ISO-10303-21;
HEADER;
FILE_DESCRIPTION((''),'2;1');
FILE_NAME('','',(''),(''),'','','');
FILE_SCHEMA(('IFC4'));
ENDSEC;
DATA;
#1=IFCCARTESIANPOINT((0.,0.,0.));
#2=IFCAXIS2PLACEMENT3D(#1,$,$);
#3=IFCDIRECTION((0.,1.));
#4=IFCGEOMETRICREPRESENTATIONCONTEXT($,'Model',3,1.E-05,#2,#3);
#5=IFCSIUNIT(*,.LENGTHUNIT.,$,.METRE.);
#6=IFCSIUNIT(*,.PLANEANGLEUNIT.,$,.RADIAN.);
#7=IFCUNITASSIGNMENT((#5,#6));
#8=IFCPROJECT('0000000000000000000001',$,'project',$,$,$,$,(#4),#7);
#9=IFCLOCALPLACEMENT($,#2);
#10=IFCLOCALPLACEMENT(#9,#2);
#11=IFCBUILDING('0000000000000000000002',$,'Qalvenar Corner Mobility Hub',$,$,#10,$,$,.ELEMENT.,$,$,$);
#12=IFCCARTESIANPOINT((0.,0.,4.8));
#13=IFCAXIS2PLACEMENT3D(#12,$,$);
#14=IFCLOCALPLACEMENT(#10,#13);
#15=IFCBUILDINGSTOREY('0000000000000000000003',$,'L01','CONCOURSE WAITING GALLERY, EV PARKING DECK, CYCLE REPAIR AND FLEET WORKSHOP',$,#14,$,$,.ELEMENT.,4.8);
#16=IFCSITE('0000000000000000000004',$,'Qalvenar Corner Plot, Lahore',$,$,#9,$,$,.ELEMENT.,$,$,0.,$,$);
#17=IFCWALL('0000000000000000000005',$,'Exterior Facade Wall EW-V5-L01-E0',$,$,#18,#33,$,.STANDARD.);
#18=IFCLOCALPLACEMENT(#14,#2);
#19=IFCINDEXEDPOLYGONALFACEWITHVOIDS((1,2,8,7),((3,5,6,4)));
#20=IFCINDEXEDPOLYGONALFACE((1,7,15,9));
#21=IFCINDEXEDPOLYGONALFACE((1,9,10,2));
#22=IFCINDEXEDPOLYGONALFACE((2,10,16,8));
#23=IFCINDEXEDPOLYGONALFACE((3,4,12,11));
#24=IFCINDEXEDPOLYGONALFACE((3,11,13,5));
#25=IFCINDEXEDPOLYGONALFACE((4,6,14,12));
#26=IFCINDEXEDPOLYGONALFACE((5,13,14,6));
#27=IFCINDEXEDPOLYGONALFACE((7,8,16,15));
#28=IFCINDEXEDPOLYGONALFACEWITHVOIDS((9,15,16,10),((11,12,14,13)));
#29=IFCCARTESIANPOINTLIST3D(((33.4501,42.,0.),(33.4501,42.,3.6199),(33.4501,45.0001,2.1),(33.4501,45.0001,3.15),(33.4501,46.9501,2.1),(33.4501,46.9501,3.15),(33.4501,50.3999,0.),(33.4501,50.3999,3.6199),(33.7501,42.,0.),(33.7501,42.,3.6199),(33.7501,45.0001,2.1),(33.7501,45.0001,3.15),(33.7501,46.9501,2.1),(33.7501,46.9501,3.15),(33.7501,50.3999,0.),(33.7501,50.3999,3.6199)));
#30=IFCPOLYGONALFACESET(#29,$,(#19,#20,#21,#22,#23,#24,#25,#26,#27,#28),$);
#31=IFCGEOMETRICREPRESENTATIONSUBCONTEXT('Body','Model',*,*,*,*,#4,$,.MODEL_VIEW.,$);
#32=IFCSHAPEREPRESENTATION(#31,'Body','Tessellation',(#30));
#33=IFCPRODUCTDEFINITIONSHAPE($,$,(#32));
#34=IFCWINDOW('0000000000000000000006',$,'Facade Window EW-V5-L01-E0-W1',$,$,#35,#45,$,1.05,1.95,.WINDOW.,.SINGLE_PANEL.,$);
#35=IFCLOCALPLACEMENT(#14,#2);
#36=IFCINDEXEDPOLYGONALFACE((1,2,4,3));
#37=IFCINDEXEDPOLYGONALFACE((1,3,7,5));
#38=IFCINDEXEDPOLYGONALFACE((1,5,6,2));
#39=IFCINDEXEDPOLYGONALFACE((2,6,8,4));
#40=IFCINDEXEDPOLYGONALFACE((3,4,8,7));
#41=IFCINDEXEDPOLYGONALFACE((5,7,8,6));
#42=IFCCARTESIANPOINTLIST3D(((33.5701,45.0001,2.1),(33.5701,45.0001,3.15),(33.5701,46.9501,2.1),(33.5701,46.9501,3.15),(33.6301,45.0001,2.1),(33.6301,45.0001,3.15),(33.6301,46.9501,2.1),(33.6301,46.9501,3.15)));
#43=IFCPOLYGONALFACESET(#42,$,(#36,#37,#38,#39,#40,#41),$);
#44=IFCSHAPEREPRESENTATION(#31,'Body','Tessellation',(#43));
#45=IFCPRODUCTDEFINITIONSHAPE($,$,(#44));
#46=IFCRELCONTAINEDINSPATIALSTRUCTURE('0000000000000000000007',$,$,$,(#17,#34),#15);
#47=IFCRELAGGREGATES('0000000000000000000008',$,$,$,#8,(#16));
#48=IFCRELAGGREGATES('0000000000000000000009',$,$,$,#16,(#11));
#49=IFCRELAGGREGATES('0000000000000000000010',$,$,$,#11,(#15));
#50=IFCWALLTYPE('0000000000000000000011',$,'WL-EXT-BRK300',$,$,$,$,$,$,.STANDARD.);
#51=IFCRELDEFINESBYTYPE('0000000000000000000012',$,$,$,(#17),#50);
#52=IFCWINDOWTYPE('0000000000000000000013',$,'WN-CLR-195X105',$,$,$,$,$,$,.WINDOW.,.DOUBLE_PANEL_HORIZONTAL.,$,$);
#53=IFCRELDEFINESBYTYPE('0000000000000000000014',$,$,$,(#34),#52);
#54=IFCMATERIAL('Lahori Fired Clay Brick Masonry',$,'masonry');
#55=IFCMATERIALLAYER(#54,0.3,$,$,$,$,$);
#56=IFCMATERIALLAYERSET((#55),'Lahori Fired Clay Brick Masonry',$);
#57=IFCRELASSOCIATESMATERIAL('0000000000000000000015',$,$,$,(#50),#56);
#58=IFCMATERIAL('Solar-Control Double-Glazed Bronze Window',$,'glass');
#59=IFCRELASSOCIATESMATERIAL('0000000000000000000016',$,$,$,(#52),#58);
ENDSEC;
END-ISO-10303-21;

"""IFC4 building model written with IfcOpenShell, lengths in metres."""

from ifc_helpers import new_model, si_unit, direction, frame, frame_2d, origin, place, context, subcontext, project, spatial, rectangle, extrude, material, layer, layer_set, type_object, element, fill, save


model = new_model("IFC4")

# Units and contexts
model_context = context("Model", 3, precision=1e-05, world=origin(), true_north=direction((0.0, 1.0)))
body_context = subcontext(model_context, "Body", "Model", "MODEL_VIEW")
ifc_project = project(units=[si_unit("LENGTHUNIT", "METRE"), si_unit("PLANEANGLEUNIT", "RADIAN")], contexts=[model_context])

# Site, building, storey
site_placement = place(None, origin())
site = spatial("IfcSite", under=ifc_project, at=site_placement, Name="Qalvenar Corner Plot, Lahore", CompositionType="ELEMENT", RefElevation=0.0)
building_placement = place(site_placement, origin())
building = spatial("IfcBuilding", under=site, at=building_placement, Name="Qalvenar Corner Mobility Hub", CompositionType="ELEMENT")
storey_placement = place(building_placement, frame((0.0, 0.0, 4.8)))
storey = spatial("IfcBuildingStorey", under=building, at=storey_placement, Name="L01", Description="CONCOURSE WAITING GALLERY, EV PARKING DECK, CYCLE REPAIR AND FLEET WORKSHOP", CompositionType="ELEMENT", Elevation=4.8)

# Wall, opening, window
ifc_material_1 = material(Name="Lahori Fired Clay Brick Masonry", Category="masonry")
ifc_layer_1 = layer(ifc_material_1, 0.3)
ifc_layer_set_1 = layer_set([ifc_layer_1], Name="Lahori Fired Clay Brick Masonry")
wall_type = type_object("IfcWallType", Name="WL-EXT-BRK300", PredefinedType="STANDARD", material=ifc_layer_set_1)
wall_placement = place(storey_placement, frame((33.6001, 42.0, 0.0), z_axis=(0.0, 0.0, 1.0), x_axis=(0.0, 1.0, 0.0)))
wall = element("IfcWall", 1, at=wall_placement, inside=storey, type_object=wall_type, Name="Exterior Facade Wall EW-V5-L01-E0", PredefinedType="STANDARD", context=body_context, shape_type="SweptSolid", body=[
    extrude(rectangle(XDim=8.3999, YDim=0.3, at=frame_2d((4.2, 0.0))), origin(), (0.0, 0.0, 1.0), 3.6199),
])
opening_placement = place(wall_placement, frame((3.0, 0.0, 2.1001)))
opening = element("IfcOpeningElement", 2, at=opening_placement, cuts=wall, PredefinedType="OPENING", context=body_context, shape_type="SweptSolid", body=[
    extrude(rectangle(XDim=1.95, YDim=1.05, at=frame_2d((0.9751, 0.5249))), frame((0.0, 0.1602, 0.0), z_axis=(0.0, -1.0, 0.0), x_axis=(1.0, 0.0, 0.0)), (0.0, 0.0, 1.0), 0.3201),
])
ifc_material_2 = material(Name="Solar-Control Double-Glazed Bronze Window", Category="glass")
window_type = type_object("IfcWindowType", Name="WN-CLR-195X105", PartitioningType="DOUBLE_PANEL_HORIZONTAL", PredefinedType="WINDOW", material=ifc_material_2)
window_placement = place(opening_placement, origin())
window = element("IfcWindow", 3, at=window_placement, inside=storey, type_object=window_type, Name="Facade Window EW-V5-L01-E0-W1", OverallHeight=1.05, OverallWidth=1.95, PartitioningType="SINGLE_PANEL", PredefinedType="WINDOW", context=body_context, shape_type="SweptSolid", body=[
    extrude(rectangle(XDim=1.95, YDim=1.05, at=frame_2d((0.9751, 0.5249))), frame((0.0, 0.03, 0.0), z_axis=(0.0, -1.0, 0.0), x_axis=(1.0, 0.0, 0.0)), (0.0, 0.0, 1.0), 0.0601),
])
fill(opening, window)

save(model, "model.ifc")
